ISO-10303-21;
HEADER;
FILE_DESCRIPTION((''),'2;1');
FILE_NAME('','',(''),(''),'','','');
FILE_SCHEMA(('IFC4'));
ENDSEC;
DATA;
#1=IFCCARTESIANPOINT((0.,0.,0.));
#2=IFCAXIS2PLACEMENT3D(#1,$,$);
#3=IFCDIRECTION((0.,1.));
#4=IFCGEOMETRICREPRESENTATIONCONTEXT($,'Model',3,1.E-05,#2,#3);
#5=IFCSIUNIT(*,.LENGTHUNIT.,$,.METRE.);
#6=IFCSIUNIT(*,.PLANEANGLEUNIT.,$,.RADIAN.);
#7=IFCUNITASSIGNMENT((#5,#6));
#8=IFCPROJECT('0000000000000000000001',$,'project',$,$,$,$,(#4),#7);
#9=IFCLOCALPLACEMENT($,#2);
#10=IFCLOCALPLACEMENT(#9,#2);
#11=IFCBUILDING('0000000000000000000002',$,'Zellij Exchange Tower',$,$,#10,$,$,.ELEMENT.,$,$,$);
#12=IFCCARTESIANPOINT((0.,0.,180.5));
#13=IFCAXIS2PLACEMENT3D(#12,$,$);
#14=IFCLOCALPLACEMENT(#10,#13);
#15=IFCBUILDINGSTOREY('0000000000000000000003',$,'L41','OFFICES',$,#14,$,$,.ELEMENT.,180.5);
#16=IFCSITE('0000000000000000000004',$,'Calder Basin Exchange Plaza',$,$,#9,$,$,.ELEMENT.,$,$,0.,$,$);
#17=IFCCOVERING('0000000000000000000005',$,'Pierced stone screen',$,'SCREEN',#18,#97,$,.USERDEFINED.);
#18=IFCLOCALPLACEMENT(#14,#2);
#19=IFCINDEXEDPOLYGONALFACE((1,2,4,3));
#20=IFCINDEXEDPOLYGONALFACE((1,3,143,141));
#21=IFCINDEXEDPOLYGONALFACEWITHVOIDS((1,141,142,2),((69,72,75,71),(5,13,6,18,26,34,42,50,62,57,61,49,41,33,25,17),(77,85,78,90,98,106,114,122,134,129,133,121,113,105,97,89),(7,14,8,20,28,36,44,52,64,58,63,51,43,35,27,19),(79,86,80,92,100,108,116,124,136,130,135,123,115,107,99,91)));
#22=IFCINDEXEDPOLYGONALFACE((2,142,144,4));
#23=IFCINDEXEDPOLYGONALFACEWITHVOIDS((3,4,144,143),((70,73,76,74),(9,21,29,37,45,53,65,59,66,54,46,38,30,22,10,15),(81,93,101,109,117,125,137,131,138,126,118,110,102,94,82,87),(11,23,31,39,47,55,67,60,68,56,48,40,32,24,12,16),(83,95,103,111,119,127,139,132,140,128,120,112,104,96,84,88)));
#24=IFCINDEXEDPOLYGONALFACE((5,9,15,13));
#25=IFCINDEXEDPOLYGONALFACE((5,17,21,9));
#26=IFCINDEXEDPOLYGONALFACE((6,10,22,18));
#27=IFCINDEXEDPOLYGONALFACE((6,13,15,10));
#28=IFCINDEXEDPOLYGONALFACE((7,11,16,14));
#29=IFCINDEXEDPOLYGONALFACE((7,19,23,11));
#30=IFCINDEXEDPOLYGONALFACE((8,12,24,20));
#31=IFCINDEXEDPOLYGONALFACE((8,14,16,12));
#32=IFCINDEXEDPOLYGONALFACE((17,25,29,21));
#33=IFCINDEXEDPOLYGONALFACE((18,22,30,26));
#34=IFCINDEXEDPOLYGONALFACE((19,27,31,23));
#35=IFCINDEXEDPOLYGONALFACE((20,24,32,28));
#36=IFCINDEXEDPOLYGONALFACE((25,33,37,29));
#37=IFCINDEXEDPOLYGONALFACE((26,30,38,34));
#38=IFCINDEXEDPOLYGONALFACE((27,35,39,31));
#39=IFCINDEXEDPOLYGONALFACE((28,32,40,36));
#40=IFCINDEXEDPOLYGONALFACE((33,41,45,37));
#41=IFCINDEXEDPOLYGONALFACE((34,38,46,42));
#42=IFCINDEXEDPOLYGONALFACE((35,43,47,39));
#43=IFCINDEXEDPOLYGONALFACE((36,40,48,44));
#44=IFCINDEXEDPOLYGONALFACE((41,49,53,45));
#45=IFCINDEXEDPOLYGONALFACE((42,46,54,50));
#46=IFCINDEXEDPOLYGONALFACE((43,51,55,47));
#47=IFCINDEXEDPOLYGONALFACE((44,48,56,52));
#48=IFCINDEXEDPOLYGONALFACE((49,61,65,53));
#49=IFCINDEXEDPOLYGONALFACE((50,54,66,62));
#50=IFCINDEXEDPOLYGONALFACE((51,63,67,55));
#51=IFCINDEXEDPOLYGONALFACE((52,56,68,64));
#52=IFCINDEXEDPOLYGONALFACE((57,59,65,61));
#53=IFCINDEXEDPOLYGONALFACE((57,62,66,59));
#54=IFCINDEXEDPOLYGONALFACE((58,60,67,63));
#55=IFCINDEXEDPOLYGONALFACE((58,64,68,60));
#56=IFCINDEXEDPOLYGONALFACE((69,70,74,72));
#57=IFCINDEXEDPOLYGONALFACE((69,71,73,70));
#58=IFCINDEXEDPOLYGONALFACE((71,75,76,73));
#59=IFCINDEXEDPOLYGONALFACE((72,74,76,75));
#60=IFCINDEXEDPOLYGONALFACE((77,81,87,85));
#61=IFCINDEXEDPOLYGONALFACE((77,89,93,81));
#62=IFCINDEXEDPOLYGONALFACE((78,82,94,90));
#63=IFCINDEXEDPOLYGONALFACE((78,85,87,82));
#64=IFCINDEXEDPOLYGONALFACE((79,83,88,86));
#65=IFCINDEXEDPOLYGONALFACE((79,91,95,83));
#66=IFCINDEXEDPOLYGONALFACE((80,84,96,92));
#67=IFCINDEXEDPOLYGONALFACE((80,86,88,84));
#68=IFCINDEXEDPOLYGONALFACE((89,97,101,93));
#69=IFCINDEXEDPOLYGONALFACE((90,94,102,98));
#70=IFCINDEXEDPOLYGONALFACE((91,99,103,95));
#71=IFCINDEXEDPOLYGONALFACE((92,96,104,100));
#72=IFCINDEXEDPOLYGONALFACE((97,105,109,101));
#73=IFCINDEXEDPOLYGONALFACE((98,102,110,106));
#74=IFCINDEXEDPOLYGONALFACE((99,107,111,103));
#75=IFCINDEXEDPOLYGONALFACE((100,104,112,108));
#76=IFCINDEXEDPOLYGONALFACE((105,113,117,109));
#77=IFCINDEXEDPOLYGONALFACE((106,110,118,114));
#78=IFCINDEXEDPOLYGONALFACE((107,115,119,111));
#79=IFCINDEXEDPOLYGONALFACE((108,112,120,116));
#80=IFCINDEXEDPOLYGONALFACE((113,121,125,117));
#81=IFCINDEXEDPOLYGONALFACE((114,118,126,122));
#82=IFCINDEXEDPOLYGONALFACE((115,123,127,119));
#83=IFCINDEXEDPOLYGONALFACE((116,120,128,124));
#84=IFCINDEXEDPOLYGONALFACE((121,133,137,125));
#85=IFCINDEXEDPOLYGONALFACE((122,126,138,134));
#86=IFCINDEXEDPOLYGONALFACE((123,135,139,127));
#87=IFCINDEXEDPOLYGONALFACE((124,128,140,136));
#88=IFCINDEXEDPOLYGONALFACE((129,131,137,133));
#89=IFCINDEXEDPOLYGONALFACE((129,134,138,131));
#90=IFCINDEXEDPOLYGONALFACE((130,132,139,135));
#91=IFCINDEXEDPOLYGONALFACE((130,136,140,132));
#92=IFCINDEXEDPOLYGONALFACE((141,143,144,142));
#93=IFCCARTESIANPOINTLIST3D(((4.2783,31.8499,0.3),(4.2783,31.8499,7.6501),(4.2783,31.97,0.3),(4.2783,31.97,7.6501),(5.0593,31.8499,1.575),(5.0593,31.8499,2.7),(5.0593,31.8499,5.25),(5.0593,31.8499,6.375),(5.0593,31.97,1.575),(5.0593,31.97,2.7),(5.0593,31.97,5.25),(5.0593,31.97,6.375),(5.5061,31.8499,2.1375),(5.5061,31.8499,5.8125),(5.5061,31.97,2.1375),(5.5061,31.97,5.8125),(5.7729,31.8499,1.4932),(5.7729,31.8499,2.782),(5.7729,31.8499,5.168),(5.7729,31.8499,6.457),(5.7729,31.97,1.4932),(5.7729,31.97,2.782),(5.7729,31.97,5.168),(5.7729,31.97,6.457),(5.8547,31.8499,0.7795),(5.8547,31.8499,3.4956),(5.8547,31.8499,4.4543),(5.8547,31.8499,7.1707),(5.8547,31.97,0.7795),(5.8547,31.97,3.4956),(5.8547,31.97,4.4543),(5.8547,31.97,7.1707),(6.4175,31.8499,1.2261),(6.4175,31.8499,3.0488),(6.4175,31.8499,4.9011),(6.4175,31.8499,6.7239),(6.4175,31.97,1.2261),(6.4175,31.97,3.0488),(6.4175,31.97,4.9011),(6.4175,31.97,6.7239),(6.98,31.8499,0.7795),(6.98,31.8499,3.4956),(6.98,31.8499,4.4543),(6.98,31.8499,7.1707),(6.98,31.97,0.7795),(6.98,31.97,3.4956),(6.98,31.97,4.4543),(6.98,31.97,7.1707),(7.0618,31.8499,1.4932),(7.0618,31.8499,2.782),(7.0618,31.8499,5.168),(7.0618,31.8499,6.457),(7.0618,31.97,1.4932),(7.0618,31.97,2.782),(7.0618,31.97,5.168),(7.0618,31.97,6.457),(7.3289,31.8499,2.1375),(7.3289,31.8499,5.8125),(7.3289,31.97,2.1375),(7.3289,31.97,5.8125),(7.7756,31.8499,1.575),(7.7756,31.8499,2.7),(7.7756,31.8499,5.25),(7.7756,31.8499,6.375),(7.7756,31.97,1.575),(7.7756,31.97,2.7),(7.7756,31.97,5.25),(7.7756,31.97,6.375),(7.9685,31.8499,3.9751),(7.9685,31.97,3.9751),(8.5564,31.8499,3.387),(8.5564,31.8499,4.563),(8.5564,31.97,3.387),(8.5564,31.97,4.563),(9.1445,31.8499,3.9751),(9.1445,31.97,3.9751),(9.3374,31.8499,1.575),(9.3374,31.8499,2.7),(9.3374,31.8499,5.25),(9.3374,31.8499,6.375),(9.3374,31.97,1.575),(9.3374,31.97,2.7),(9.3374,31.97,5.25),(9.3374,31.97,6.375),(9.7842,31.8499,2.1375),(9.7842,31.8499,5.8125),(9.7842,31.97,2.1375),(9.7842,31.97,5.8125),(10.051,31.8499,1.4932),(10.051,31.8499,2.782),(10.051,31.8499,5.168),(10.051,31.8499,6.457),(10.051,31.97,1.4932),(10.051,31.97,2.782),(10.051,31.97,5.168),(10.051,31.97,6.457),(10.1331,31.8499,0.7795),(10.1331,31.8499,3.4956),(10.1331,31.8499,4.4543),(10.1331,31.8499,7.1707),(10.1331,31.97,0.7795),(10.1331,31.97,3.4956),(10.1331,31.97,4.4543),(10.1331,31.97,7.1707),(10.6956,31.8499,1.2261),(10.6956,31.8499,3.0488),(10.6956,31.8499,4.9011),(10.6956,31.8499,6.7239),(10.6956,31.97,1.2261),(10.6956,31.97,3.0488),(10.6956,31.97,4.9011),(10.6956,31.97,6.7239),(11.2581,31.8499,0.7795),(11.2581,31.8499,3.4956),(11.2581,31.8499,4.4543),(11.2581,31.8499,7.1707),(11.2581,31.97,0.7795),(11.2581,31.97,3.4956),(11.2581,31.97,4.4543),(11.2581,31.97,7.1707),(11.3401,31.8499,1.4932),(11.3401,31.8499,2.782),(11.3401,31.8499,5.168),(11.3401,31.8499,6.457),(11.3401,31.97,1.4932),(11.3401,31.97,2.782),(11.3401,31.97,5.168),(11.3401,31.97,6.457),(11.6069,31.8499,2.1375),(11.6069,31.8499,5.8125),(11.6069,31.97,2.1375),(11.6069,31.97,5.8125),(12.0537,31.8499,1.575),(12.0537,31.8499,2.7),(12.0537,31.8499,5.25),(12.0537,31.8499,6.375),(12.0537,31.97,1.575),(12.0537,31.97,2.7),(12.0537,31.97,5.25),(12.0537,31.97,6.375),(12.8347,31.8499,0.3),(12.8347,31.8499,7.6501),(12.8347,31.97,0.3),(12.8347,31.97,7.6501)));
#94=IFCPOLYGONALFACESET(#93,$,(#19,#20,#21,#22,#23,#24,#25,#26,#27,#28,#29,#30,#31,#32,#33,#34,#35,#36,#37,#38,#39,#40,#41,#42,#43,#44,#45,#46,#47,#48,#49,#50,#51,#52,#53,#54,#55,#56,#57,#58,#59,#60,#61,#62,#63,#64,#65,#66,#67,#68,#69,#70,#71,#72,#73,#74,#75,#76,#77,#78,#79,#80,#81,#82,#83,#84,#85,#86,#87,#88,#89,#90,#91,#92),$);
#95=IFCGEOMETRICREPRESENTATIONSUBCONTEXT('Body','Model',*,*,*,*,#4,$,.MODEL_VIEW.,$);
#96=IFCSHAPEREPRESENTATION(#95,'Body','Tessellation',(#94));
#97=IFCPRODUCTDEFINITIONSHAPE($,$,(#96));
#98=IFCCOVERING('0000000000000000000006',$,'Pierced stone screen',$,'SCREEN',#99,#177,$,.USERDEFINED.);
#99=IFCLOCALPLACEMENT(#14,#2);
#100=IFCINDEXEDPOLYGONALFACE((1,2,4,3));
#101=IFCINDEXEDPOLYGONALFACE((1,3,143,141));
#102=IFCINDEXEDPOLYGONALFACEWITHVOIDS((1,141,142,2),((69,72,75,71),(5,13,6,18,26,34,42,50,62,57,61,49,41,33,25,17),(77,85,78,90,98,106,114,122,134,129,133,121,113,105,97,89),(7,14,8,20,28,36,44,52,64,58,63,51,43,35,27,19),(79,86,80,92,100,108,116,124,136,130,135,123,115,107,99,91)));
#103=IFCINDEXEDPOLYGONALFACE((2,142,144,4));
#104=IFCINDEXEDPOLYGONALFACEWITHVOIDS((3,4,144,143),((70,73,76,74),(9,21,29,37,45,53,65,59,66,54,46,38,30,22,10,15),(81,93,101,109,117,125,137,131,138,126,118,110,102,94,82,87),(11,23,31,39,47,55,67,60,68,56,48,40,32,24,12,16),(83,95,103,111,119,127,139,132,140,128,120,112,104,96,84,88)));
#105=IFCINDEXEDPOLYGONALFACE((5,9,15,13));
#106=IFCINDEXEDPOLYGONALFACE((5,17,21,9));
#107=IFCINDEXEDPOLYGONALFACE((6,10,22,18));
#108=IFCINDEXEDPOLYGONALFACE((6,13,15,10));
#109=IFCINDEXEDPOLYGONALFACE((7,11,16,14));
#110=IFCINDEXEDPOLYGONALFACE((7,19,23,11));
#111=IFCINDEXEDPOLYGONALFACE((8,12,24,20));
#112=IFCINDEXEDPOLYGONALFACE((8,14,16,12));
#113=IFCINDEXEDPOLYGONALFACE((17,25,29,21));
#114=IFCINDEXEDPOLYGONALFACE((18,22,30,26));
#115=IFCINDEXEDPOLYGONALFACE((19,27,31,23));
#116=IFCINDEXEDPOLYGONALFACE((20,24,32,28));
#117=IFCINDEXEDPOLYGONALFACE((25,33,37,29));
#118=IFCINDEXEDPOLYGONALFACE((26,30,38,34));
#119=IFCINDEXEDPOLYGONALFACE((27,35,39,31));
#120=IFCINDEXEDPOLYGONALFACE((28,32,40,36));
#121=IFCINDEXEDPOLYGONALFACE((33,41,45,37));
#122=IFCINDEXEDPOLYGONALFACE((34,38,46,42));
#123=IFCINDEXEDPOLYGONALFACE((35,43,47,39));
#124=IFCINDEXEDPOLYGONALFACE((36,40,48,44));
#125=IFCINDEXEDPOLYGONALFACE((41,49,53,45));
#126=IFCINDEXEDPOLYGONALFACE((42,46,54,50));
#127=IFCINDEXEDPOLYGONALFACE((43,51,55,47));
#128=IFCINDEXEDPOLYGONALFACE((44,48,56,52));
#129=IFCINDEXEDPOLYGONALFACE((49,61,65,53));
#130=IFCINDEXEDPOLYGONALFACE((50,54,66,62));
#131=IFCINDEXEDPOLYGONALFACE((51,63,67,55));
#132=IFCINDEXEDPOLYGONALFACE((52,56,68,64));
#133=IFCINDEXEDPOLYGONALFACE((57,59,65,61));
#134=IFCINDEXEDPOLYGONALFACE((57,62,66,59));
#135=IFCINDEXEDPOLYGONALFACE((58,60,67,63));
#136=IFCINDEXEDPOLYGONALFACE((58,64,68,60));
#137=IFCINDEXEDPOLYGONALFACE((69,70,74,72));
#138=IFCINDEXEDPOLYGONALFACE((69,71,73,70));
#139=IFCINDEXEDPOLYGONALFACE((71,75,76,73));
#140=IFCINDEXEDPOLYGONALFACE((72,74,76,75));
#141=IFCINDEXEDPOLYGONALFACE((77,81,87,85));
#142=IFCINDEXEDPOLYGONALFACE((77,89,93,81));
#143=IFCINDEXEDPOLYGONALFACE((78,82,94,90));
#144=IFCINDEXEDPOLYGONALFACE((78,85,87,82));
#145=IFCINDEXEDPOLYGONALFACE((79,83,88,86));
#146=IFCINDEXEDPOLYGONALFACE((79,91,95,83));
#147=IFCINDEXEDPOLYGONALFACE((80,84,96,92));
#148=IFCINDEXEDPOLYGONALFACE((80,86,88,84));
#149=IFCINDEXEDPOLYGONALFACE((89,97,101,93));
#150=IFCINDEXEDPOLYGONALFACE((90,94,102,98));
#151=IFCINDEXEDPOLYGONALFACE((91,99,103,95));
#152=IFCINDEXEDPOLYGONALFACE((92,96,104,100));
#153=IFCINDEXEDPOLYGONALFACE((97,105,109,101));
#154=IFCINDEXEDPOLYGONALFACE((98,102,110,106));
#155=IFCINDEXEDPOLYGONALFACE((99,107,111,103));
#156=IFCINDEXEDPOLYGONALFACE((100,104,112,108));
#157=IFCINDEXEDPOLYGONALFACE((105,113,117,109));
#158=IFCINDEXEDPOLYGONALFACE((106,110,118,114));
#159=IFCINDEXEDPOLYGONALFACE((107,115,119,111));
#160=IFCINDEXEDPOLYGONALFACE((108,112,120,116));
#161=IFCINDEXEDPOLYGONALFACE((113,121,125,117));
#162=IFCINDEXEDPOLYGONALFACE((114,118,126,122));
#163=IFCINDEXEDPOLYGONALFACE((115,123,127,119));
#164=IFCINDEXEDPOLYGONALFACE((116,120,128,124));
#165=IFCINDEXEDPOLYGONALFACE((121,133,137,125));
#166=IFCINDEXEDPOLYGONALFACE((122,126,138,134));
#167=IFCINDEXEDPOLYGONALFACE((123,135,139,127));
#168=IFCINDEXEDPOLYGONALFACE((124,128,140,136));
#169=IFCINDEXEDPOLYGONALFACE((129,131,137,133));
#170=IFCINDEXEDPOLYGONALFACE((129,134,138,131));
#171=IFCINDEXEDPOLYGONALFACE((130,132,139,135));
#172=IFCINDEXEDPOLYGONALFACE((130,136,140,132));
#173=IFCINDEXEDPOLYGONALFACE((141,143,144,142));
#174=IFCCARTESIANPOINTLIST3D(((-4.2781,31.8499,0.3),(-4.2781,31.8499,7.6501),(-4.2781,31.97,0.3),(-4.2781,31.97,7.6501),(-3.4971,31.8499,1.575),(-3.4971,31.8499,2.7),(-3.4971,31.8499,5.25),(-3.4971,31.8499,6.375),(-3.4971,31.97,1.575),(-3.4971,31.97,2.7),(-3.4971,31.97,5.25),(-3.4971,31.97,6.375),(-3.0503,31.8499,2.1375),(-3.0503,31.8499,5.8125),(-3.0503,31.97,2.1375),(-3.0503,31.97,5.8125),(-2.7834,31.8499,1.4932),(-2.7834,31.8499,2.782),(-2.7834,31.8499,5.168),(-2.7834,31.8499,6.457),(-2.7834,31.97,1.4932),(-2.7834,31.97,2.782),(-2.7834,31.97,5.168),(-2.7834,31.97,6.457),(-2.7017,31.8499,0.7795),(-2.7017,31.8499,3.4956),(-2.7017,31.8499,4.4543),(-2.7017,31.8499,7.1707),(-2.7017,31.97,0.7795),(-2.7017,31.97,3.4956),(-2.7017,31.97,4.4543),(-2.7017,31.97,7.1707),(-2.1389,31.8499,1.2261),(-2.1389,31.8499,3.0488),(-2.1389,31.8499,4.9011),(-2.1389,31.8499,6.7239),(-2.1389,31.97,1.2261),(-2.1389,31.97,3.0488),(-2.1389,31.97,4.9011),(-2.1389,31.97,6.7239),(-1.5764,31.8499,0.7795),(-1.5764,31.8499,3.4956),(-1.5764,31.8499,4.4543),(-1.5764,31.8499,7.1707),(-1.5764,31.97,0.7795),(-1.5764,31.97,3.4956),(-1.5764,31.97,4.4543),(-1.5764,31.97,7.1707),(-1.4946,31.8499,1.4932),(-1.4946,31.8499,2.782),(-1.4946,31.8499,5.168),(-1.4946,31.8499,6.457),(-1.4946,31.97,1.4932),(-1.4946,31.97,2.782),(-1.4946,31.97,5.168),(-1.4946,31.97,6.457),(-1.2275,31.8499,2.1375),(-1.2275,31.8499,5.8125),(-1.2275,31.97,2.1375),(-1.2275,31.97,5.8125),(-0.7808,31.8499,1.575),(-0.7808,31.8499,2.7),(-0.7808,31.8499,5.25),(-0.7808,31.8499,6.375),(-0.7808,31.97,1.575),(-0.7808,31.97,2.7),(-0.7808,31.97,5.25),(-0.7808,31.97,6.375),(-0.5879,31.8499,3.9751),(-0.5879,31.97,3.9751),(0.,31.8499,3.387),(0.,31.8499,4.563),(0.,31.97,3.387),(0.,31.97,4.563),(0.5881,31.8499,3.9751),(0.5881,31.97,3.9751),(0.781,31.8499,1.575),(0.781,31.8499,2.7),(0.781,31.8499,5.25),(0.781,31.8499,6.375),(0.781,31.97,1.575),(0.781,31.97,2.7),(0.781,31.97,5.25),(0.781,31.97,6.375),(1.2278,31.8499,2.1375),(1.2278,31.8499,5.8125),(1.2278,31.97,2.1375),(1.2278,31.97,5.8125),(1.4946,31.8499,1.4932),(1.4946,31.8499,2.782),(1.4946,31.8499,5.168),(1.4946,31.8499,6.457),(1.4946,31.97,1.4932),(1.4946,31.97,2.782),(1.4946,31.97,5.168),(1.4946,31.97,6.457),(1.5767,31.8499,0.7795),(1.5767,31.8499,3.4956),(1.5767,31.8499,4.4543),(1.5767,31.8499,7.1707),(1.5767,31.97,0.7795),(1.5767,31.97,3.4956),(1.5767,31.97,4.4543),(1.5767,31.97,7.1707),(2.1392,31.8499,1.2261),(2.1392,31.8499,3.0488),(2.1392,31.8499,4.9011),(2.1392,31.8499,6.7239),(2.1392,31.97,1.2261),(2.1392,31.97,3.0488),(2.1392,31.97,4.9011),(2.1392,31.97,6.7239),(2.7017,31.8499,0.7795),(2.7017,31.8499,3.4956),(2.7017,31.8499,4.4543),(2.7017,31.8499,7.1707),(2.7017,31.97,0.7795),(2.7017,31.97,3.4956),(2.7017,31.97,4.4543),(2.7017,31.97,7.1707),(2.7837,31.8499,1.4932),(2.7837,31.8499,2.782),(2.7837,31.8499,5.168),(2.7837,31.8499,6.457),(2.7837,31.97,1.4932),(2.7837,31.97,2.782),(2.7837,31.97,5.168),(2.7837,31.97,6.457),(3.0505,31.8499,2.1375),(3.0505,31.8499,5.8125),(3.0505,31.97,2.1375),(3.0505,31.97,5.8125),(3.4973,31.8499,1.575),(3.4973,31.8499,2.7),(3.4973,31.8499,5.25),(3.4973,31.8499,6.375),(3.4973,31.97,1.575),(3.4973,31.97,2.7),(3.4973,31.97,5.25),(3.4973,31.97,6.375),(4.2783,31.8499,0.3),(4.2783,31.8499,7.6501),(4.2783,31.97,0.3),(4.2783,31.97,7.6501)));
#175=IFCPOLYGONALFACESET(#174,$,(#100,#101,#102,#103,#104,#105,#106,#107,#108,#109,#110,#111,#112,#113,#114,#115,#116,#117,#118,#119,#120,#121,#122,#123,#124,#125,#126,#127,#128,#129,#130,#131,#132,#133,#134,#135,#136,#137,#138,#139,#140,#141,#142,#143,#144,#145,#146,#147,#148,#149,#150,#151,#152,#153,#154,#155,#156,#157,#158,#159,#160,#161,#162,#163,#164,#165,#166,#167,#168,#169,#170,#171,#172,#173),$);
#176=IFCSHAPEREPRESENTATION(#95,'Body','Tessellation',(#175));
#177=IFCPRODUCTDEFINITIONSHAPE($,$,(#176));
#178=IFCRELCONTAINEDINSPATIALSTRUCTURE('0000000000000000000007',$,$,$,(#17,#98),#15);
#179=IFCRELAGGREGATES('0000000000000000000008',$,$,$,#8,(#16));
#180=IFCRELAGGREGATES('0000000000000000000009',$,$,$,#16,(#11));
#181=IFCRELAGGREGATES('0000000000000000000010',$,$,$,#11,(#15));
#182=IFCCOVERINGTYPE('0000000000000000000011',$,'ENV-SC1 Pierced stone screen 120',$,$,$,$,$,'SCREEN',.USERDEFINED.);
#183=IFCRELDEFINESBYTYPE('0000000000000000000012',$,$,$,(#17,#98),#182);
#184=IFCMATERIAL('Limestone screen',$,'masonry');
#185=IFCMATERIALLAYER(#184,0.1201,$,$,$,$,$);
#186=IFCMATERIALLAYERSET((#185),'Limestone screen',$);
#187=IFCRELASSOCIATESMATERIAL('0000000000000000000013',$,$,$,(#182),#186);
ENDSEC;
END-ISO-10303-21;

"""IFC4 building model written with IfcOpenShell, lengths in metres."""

from ifc_helpers import new_model, si_unit, direction, frame, origin, place, context, subcontext, project, spatial, polyline, outline, extrude, material, layer, layer_set, type_object, element, save


model = new_model("IFC4")

# Units and contexts
model_context = context("Model", 3, precision=1e-05, world=origin(), true_north=direction((0.0, 1.0)))
body_context = subcontext(model_context, "Body", "Model", "MODEL_VIEW")
ifc_project = project(units=[si_unit("LENGTHUNIT", "METRE"), si_unit("PLANEANGLEUNIT", "RADIAN")], contexts=[model_context])

# Site, building, storey
site_placement = place(None, origin())
site = spatial("IfcSite", under=ifc_project, at=site_placement, Name="Calder Basin Exchange Plaza", CompositionType="ELEMENT", RefElevation=0.0)
building_placement = place(site_placement, origin())
building = spatial("IfcBuilding", under=site, at=building_placement, Name="Zellij Exchange Tower", CompositionType="ELEMENT")
storey_placement = place(building_placement, frame((0.0, 0.0, 180.5)))
storey = spatial("IfcBuildingStorey", under=building, at=storey_placement, Name="L41", Description="OFFICES", CompositionType="ELEMENT", Elevation=180.5)

# Coverings
ifc_material_1 = material(Name="Limestone screen", Category="masonry")
ifc_layer_1 = layer(ifc_material_1, 0.1201)
ifc_layer_set_1 = layer_set([ifc_layer_1], Name="Limestone screen")
covering_type = type_object("IfcCoveringType", Name="ENV-SC1 Pierced stone screen 120", ElementType="SCREEN", PredefinedType="USERDEFINED", material=ifc_layer_set_1)
covering_1_placement = place(storey_placement, frame((12.8347, 31.9099, 0.3), z_axis=(0.0, 0.0, 1.0), x_axis=(-1.0, 0.0, 0.0)))
element("IfcCovering", 1, at=covering_1_placement, inside=storey, type_object=covering_type, Name="Pierced stone screen", ObjectType="SCREEN", PredefinedType="USERDEFINED", context=body_context, shape_type="SweptSolid", body=[
    extrude(outline(polyline([(0.0, 0.0), (8.5564, 0.0), (8.5564, 7.3501), (0.0, 7.3501), (0.0, 0.0)]), holes=[polyline([(3.4973, 2.3999), (2.7837, 2.4819), (2.7017, 3.1956), (2.1392, 2.7488), (1.5767, 3.1956), (1.4946, 2.4819), (0.781, 2.3999), (1.2278, 1.8374), (0.781, 1.2749), (1.4946, 1.1931), (1.5767, 0.4795), (2.1392, 0.926), (2.7017, 0.4795), (2.7837, 1.1931), (3.4973, 1.2749), (3.0505, 1.8374), (3.4973, 2.3999)]), polyline([(3.4973, 6.075), (2.7837, 6.157), (2.7017, 6.8706), (2.1392, 6.4238), (1.5767, 6.8706), (1.4946, 6.157), (0.781, 6.075), (1.2278, 5.5125), (0.781, 4.95), (1.4946, 4.8679), (1.5767, 4.1543), (2.1392, 4.6011), (2.7017, 4.1543), (2.7837, 4.8679), (3.4973, 4.95), (3.0505, 5.5125), (3.4973, 6.075)]), polyline([(7.7754, 2.3999), (7.0618, 2.4819), (6.98, 3.1956), (6.4172, 2.7488), (5.8547, 3.1956), (5.7729, 2.4819), (5.0591, 2.3999), (5.5059, 1.8374), (5.0591, 1.2749), (5.7729, 1.1931), (5.8547, 0.4795), (6.4172, 0.926), (6.98, 0.4795), (7.0618, 1.1931), (7.7754, 1.2749), (7.3286, 1.8374), (7.7754, 2.3999)]), polyline([(7.7754, 6.075), (7.0618, 6.157), (6.98, 6.8706), (6.4172, 6.4238), (5.8547, 6.8706), (5.7729, 6.157), (5.0591, 6.075), (5.5059, 5.5125), (5.0591, 4.95), (5.7729, 4.8679), (5.8547, 4.1543), (6.4172, 4.6011), (6.98, 4.1543), (7.0618, 4.8679), (7.7754, 4.95), (7.3286, 5.5125), (7.7754, 6.075)]), polyline([(4.8662, 3.675), (4.2783, 4.2629), (3.6902, 3.675), (4.2783, 3.0869), (4.8662, 3.675)])]), frame((0.0, 0.0601, 0.0), z_axis=(0.0, -1.0, 0.0), x_axis=(1.0, 0.0, 0.0)), (0.0, 0.0, 1.0), 0.1201),
])
covering_2_placement = place(storey_placement, frame((4.2783, 31.9099, 0.3), z_axis=(0.0, 0.0, 1.0), x_axis=(-1.0, 0.0, 0.0)))
element("IfcCovering", 2, at=covering_2_placement, inside=storey, type_object=covering_type, Name="Pierced stone screen", ObjectType="SCREEN", PredefinedType="USERDEFINED", context=body_context, shape_type="SweptSolid", body=[
    extrude(outline(polyline([(0.0, 0.0), (8.5564, 0.0), (8.5564, 7.3501), (0.0, 7.3501), (0.0, 0.0)]), holes=[polyline([(3.4973, 2.3999), (2.7837, 2.4819), (2.7017, 3.1956), (2.1392, 2.7488), (1.5767, 3.1956), (1.4946, 2.4819), (0.781, 2.3999), (1.2278, 1.8374), (0.781, 1.2749), (1.4946, 1.1931), (1.5767, 0.4795), (2.1392, 0.926), (2.7017, 0.4795), (2.7837, 1.1931), (3.4973, 1.2749), (3.0505, 1.8374), (3.4973, 2.3999)]), polyline([(3.4973, 6.075), (2.7837, 6.157), (2.7017, 6.8706), (2.1392, 6.4238), (1.5767, 6.8706), (1.4946, 6.157), (0.781, 6.075), (1.2278, 5.5125), (0.781, 4.95), (1.4946, 4.8679), (1.5767, 4.1543), (2.1392, 4.6011), (2.7017, 4.1543), (2.7837, 4.8679), (3.4973, 4.95), (3.0505, 5.5125), (3.4973, 6.075)]), polyline([(7.7754, 2.3999), (7.0618, 2.4819), (6.98, 3.1956), (6.4172, 2.7488), (5.8547, 3.1956), (5.7729, 2.4819), (5.0591, 2.3999), (5.5059, 1.8374), (5.0591, 1.2749), (5.7729, 1.1931), (5.8547, 0.4795), (6.4172, 0.926), (6.98, 0.4795), (7.0618, 1.1931), (7.7754, 1.2749), (7.3286, 1.8374), (7.7754, 2.3999)]), polyline([(7.7754, 6.075), (7.0618, 6.157), (6.98, 6.8706), (6.4172, 6.4238), (5.8547, 6.8706), (5.7729, 6.157), (5.0591, 6.075), (5.5059, 5.5125), (5.0591, 4.95), (5.7729, 4.8679), (5.8547, 4.1543), (6.4172, 4.6011), (6.98, 4.1543), (7.0618, 4.8679), (7.7754, 4.95), (7.3286, 5.5125), (7.7754, 6.075)]), polyline([(4.8662, 3.675), (4.2783, 4.2629), (3.6902, 3.675), (4.2783, 3.0869), (4.8662, 3.675)])]), frame((0.0, 0.0601, 0.0), z_axis=(0.0, -1.0, 0.0), x_axis=(1.0, 0.0, 0.0)), (0.0, 0.0, 1.0), 0.1201),
])

save(model, "model.ifc")
